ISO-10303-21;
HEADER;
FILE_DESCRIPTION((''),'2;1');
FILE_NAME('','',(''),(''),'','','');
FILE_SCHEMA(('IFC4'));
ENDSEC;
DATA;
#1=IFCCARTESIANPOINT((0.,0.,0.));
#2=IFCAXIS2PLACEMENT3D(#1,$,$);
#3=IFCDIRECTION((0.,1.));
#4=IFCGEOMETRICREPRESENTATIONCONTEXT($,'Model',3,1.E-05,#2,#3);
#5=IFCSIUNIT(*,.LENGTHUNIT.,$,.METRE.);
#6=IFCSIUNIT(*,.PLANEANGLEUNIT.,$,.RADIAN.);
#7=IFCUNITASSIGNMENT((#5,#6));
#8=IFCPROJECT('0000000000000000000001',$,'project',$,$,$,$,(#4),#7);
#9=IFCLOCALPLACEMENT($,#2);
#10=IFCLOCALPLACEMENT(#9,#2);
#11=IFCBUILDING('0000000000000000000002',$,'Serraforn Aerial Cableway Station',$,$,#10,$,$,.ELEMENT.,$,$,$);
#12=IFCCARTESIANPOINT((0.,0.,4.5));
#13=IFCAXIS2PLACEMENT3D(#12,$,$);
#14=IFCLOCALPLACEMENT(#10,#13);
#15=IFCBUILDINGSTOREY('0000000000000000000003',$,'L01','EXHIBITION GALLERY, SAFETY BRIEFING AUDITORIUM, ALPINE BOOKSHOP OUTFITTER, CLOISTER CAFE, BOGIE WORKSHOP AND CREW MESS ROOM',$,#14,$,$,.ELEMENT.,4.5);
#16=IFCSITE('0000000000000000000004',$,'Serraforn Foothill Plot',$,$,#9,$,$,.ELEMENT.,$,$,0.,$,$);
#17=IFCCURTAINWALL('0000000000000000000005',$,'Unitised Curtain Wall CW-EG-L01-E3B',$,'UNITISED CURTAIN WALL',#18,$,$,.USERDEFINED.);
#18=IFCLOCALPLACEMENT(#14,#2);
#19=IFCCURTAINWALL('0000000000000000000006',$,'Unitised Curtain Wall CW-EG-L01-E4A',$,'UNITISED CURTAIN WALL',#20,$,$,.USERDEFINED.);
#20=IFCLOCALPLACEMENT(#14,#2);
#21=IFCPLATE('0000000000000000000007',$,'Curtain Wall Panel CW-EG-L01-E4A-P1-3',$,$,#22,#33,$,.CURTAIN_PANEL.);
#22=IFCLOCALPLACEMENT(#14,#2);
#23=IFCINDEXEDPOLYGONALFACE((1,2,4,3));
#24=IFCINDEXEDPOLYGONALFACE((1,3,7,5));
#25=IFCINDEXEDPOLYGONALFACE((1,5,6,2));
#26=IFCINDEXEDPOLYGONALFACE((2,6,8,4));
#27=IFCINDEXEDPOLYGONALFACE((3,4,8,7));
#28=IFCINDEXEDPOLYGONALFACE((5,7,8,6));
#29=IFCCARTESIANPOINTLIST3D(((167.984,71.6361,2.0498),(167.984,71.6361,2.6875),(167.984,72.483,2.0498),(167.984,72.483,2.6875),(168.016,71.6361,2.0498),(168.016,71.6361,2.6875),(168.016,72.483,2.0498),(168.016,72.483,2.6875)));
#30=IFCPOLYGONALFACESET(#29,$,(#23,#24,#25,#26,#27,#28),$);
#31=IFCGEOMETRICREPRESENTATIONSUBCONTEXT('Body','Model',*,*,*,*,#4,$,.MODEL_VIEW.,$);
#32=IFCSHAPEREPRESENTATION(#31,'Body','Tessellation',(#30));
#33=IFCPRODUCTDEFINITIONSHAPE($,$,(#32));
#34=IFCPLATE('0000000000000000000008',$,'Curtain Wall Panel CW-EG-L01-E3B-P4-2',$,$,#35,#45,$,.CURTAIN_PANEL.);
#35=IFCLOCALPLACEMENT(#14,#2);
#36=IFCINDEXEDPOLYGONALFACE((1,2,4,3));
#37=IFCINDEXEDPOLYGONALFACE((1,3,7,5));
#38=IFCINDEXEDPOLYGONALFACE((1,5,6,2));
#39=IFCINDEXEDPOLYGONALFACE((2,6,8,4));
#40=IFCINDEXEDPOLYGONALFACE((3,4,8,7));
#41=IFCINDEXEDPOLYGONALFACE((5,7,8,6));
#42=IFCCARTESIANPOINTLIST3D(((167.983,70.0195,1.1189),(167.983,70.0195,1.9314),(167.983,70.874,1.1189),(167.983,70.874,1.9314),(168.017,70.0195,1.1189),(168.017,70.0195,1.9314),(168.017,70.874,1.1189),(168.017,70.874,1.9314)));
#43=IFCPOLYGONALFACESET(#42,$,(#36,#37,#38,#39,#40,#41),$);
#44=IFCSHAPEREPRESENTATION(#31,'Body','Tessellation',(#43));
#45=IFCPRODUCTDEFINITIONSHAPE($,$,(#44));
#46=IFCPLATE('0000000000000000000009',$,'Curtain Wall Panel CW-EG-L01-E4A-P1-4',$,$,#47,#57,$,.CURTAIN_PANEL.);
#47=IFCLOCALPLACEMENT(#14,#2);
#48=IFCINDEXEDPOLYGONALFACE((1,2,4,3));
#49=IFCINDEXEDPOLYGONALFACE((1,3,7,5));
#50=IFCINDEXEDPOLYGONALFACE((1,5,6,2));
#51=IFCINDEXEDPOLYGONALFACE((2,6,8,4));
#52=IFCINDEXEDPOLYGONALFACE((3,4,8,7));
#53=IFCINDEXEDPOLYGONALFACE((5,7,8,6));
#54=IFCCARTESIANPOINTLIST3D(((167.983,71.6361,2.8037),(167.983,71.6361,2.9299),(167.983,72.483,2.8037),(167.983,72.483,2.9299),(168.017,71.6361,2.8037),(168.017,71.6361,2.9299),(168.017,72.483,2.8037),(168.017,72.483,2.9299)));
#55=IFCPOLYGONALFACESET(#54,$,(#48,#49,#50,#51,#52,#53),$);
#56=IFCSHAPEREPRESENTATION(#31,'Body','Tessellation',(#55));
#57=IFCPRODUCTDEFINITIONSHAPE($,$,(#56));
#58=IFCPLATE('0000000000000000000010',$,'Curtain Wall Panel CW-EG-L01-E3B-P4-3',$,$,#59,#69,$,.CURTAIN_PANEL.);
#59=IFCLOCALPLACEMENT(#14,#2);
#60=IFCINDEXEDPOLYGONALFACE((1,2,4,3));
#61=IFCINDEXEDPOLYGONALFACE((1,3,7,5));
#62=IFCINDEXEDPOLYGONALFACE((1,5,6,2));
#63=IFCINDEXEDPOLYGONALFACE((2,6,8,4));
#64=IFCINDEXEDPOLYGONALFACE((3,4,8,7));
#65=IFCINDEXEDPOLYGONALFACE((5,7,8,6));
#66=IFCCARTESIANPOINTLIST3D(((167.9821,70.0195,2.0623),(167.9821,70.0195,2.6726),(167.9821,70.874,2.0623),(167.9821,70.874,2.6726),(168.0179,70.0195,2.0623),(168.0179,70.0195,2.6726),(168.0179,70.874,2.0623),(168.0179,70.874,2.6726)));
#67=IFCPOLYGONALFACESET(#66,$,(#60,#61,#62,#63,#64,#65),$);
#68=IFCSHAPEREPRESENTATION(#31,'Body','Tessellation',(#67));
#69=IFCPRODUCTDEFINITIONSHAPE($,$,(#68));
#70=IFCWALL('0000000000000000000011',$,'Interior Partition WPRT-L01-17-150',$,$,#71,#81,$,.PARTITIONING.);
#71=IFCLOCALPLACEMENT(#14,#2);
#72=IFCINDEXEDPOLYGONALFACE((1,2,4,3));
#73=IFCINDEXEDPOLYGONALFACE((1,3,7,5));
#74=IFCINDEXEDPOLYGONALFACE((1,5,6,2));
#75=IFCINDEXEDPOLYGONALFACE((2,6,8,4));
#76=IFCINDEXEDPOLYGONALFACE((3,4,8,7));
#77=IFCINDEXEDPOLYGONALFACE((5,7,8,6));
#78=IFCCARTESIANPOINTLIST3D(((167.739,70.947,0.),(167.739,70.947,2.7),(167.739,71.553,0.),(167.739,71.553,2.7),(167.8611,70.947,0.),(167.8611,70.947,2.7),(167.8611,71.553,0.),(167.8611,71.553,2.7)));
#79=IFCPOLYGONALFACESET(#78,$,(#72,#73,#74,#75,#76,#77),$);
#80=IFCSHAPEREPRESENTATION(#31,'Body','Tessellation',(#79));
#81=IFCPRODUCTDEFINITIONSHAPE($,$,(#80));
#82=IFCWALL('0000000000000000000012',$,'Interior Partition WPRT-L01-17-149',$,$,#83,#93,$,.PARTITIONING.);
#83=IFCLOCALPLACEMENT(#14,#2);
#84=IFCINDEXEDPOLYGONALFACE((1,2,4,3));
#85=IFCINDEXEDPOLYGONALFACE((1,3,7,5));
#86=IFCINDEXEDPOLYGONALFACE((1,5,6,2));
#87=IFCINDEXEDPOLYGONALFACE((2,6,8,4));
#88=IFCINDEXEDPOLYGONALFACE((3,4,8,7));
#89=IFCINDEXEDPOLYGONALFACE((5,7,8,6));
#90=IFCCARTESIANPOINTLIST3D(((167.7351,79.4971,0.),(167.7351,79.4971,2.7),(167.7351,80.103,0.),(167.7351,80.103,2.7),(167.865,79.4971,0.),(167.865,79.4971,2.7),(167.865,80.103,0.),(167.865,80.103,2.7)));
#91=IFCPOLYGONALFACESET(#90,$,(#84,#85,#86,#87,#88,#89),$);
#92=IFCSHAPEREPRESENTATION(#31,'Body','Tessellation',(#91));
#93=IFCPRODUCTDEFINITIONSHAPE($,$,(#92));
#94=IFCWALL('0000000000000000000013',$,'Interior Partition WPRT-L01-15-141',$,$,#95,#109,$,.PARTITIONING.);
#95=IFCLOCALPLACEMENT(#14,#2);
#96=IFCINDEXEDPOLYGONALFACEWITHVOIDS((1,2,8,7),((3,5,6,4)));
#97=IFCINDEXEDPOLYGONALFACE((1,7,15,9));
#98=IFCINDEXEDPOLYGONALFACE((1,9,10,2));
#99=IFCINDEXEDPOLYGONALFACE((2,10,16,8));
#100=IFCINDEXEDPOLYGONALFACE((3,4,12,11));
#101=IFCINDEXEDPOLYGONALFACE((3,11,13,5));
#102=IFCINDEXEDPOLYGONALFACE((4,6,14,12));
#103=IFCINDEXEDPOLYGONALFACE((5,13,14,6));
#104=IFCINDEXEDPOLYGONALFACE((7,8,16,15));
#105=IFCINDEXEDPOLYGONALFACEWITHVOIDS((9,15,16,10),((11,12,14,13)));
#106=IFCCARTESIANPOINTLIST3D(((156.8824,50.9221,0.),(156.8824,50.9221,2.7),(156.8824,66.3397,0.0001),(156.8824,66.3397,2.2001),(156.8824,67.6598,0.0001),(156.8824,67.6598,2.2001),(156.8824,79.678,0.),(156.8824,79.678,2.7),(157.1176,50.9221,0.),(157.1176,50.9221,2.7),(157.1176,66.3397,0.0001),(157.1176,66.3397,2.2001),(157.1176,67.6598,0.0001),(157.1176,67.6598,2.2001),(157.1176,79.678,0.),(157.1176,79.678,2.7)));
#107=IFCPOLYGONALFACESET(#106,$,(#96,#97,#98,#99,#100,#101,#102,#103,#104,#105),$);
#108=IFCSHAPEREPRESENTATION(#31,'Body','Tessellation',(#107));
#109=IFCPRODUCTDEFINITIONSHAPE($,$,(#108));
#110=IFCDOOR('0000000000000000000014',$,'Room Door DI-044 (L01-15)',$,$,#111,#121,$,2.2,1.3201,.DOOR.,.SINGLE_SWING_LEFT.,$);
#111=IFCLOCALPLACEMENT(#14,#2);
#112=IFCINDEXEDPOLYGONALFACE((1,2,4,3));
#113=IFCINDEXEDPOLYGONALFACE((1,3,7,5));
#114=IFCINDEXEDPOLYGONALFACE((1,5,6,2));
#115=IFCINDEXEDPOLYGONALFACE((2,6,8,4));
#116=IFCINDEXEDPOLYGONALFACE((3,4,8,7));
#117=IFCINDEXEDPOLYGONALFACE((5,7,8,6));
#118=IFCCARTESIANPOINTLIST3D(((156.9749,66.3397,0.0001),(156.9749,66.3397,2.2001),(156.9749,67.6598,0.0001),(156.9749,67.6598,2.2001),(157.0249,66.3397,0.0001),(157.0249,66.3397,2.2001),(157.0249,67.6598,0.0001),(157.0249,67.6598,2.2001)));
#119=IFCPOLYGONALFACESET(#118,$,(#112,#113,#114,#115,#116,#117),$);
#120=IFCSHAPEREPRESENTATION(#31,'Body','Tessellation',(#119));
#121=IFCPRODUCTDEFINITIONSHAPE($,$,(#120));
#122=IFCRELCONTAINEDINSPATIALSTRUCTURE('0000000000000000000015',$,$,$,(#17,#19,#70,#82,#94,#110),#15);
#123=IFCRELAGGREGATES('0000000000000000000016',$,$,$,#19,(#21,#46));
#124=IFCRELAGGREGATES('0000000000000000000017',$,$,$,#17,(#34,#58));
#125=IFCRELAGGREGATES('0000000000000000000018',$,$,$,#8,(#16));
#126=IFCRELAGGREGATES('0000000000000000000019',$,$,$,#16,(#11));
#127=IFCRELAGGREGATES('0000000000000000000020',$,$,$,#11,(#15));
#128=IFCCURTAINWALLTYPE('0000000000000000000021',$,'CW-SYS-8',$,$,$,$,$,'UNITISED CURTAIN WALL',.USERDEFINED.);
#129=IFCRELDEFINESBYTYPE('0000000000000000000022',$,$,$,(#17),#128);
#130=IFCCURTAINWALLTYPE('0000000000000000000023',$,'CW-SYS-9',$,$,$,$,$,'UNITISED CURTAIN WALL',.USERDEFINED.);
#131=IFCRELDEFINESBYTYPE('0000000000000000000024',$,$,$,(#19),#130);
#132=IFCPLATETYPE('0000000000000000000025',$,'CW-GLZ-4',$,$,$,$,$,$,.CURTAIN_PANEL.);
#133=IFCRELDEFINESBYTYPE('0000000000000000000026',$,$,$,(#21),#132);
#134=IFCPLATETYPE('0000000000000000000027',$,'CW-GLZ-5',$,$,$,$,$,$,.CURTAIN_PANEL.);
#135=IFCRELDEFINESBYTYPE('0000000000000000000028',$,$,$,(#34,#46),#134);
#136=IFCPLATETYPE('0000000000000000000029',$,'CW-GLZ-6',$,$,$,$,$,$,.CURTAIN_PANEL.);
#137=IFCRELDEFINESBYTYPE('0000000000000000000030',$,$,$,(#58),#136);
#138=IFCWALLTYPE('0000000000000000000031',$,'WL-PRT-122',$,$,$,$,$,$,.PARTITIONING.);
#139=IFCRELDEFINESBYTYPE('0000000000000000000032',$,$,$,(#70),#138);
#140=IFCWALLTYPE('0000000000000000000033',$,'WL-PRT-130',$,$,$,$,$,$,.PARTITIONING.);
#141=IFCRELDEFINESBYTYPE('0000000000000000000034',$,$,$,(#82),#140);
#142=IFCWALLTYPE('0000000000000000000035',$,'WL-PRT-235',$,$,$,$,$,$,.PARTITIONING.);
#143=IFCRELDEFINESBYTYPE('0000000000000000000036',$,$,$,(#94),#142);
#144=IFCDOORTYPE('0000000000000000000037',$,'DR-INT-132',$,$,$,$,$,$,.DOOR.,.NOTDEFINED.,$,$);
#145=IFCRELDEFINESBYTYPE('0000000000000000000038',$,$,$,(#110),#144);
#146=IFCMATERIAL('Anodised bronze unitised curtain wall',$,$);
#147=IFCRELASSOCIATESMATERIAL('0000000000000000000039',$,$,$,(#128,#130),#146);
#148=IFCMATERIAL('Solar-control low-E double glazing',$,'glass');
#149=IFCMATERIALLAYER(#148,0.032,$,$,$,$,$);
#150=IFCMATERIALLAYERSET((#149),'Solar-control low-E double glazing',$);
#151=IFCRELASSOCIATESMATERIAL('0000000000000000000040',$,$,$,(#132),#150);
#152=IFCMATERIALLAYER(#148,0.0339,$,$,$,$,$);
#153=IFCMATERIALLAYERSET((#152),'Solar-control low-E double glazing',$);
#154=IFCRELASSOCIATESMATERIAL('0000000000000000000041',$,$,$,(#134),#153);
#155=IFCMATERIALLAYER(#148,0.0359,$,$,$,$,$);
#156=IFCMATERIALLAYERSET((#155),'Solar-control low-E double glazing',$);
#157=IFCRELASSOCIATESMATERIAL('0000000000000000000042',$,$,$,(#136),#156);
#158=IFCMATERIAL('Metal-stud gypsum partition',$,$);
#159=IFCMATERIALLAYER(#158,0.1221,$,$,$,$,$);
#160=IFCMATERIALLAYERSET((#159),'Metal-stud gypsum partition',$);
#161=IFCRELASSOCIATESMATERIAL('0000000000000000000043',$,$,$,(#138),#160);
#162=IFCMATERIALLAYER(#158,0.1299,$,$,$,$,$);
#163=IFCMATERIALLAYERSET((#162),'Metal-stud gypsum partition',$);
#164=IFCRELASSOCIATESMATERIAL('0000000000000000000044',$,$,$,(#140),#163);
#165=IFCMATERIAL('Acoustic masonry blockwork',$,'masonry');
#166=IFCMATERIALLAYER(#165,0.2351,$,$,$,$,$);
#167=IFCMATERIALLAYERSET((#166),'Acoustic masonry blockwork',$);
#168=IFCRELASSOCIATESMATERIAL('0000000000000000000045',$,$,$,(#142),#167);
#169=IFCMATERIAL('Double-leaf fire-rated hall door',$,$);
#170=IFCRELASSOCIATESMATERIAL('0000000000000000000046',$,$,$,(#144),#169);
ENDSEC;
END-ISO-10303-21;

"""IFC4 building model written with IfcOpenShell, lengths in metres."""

from ifc_helpers import new_model, si_unit, direction, frame, frame_2d, origin, origin_2d, place, context, subcontext, project, spatial, rectangle, extrude, material, layer, layer_set, type_object, element, fill, aggregate, save


model = new_model("IFC4")

# Units and contexts
model_context = context("Model", 3, precision=1e-05, world=origin(), true_north=direction((0.0, 1.0)))
body_context = subcontext(model_context, "Body", "Model", "MODEL_VIEW")
ifc_project = project(units=[si_unit("LENGTHUNIT", "METRE"), si_unit("PLANEANGLEUNIT", "RADIAN")], contexts=[model_context])

# Site, building, storey
site_placement = place(None, origin())
site = spatial("IfcSite", under=ifc_project, at=site_placement, Name="Serraforn Foothill Plot", CompositionType="ELEMENT", RefElevation=0.0)
building_placement = place(site_placement, origin())
building = spatial("IfcBuilding", under=site, at=building_placement, Name="Serraforn Aerial Cableway Station", CompositionType="ELEMENT")
storey_placement = place(building_placement, frame((0.0, 0.0, 4.5)))
storey = spatial("IfcBuildingStorey", under=building, at=storey_placement, Name="L01", Description="EXHIBITION GALLERY, SAFETY BRIEFING AUDITORIUM, ALPINE BOOKSHOP OUTFITTER, CLOISTER CAFE, BOGIE WORKSHOP AND CREW MESS ROOM", CompositionType="ELEMENT", Elevation=4.5)

# Curtain wall
ifc_material_1 = material(Name="Anodised bronze unitised curtain wall")
curtain_wall_type_1 = type_object("IfcCurtainWallType", Name="CW-SYS-8", ElementType="UNITISED CURTAIN WALL", PredefinedType="USERDEFINED", material=ifc_material_1)
curtain_wall_1_placement = place(storey_placement, origin())
curtain_wall_1 = element("IfcCurtainWall", 1, at=curtain_wall_1_placement, inside=storey, type_object=curtain_wall_type_1, Name="Unitised Curtain Wall CW-EG-L01-E3B", ObjectType="UNITISED CURTAIN WALL", PredefinedType="USERDEFINED")

# Curtain wall
curtain_wall_type_2 = type_object("IfcCurtainWallType", Name="CW-SYS-9", ElementType="UNITISED CURTAIN WALL", PredefinedType="USERDEFINED", material=ifc_material_1)
curtain_wall_2_placement = place(storey_placement, origin())
curtain_wall_2 = element("IfcCurtainWall", 2, at=curtain_wall_2_placement, inside=storey, type_object=curtain_wall_type_2, Name="Unitised Curtain Wall CW-EG-L01-E4A", ObjectType="UNITISED CURTAIN WALL", PredefinedType="USERDEFINED")
ifc_material_2 = material(Name="Solar-control low-E double glazing", Category="glass")

# Plates
ifc_layer_1 = layer(ifc_material_2, 0.032)
ifc_layer_set_1 = layer_set([ifc_layer_1], Name="Solar-control low-E double glazing")
plate_type_1 = type_object("IfcPlateType", Name="CW-GLZ-4", PredefinedType="CURTAIN_PANEL", material=ifc_layer_set_1)
plate_1_placement = place(storey_placement, frame((168.0, 72.0596, 2.0498), z_axis=(0.0, 0.0, 1.0), x_axis=(1.0, 0.0, 0.0)))
plate_1 = element("IfcPlate", 3, at=plate_1_placement, type_object=plate_type_1, Name="Curtain Wall Panel CW-EG-L01-E4A-P1-3", PredefinedType="CURTAIN_PANEL", context=body_context, shape_type="SweptSolid", body=[
    extrude(rectangle(XDim=0.032, YDim=0.8469, at=origin_2d()), origin(), (0.0, 0.0, 1.0), 0.6377),
])
ifc_layer_2 = layer(ifc_material_2, 0.0339)
ifc_layer_set_2 = layer_set([ifc_layer_2], Name="Solar-control low-E double glazing")
plate_type_2 = type_object("IfcPlateType", Name="CW-GLZ-5", PredefinedType="CURTAIN_PANEL", material=ifc_layer_set_2)
plate_2_placement = place(storey_placement, frame((168.0, 70.4468, 1.1189), z_axis=(0.0, 0.0, 1.0), x_axis=(1.0, 0.0, 0.0)))
plate_2 = element("IfcPlate", 4, at=plate_2_placement, type_object=plate_type_2, Name="Curtain Wall Panel CW-EG-L01-E3B-P4-2", PredefinedType="CURTAIN_PANEL", context=body_context, shape_type="SweptSolid", body=[
    extrude(rectangle(XDim=0.0339, YDim=0.8545, at=origin_2d()), origin(), (0.0, 0.0, 1.0), 0.8125),
])
plate_3_placement = place(storey_placement, frame((168.0, 72.0596, 2.8037), z_axis=(0.0, 0.0, 1.0), x_axis=(1.0, 0.0, 0.0)))
plate_3 = element("IfcPlate", 5, at=plate_3_placement, type_object=plate_type_2, Name="Curtain Wall Panel CW-EG-L01-E4A-P1-4", PredefinedType="CURTAIN_PANEL", context=body_context, shape_type="SweptSolid", body=[
    extrude(rectangle(XDim=0.0339, YDim=0.8469, at=origin_2d()), origin(), (0.0, 0.0, 1.0), 0.1262),
])
aggregate(curtain_wall_2, [plate_1, plate_3])
ifc_layer_3 = layer(ifc_material_2, 0.0359)
ifc_layer_set_3 = layer_set([ifc_layer_3], Name="Solar-control low-E double glazing")
plate_type_3 = type_object("IfcPlateType", Name="CW-GLZ-6", PredefinedType="CURTAIN_PANEL", material=ifc_layer_set_3)
plate_4_placement = place(storey_placement, frame((168.0, 70.4468, 2.0623), z_axis=(0.0, 0.0, 1.0), x_axis=(1.0, 0.0, 0.0)))
plate_4 = element("IfcPlate", 6, at=plate_4_placement, type_object=plate_type_3, Name="Curtain Wall Panel CW-EG-L01-E3B-P4-3", PredefinedType="CURTAIN_PANEL", context=body_context, shape_type="SweptSolid", body=[
    extrude(rectangle(XDim=0.0359, YDim=0.8545, at=origin_2d()), origin(), (0.0, 0.0, 1.0), 0.6104),
])
aggregate(curtain_wall_1, [plate_2, plate_4])

# Walls
ifc_material_3 = material(Name="Metal-stud gypsum partition")
ifc_layer_4 = layer(ifc_material_3, 0.1221)
ifc_layer_set_4 = layer_set([ifc_layer_4], Name="Metal-stud gypsum partition")
wall_type_1 = type_object("IfcWallType", Name="WL-PRT-122", PredefinedType="PARTITIONING", material=ifc_layer_set_4)
wall_1_placement = place(storey_placement, frame((167.8, 71.553, 0.0), z_axis=(0.0, 0.0, 1.0), x_axis=(0.0, -1.0, 0.0)))
element("IfcWall", 7, at=wall_1_placement, inside=storey, type_object=wall_type_1, Name="Interior Partition WPRT-L01-17-150", PredefinedType="PARTITIONING", context=body_context, shape_type="SweptSolid", body=[
    extrude(rectangle(XDim=0.606, YDim=0.1221, at=frame_2d((0.303, 0.0))), origin(), (0.0, 0.0, 1.0), 2.7),
])
ifc_layer_5 = layer(ifc_material_3, 0.1299)
ifc_layer_set_5 = layer_set([ifc_layer_5], Name="Metal-stud gypsum partition")
wall_type_2 = type_object("IfcWallType", Name="WL-PRT-130", PredefinedType="PARTITIONING", material=ifc_layer_set_5)
wall_2_placement = place(storey_placement, frame((167.8, 80.103, 0.0), z_axis=(0.0, 0.0, 1.0), x_axis=(0.0, -1.0, 0.0)))
element("IfcWall", 8, at=wall_2_placement, inside=storey, type_object=wall_type_2, Name="Interior Partition WPRT-L01-17-149", PredefinedType="PARTITIONING", context=body_context, shape_type="SweptSolid", body=[
    extrude(rectangle(XDim=0.606, YDim=0.1299, at=frame_2d((0.303, 0.0))), origin(), (0.0, 0.0, 1.0), 2.7),
])

# Wall, opening, door
ifc_material_4 = material(Name="Acoustic masonry blockwork", Category="masonry")
ifc_layer_6 = layer(ifc_material_4, 0.2351)
ifc_layer_set_6 = layer_set([ifc_layer_6], Name="Acoustic masonry blockwork")
wall_type_3 = type_object("IfcWallType", Name="WL-PRT-235", PredefinedType="PARTITIONING", material=ifc_layer_set_6)
wall_3_placement = place(storey_placement, frame((157.0, 79.678, 0.0), z_axis=(0.0, 0.0, 1.0), x_axis=(0.0, -1.0, 0.0)))
wall_3 = element("IfcWall", 9, at=wall_3_placement, inside=storey, type_object=wall_type_3, Name="Interior Partition WPRT-L01-15-141", PredefinedType="PARTITIONING", context=body_context, shape_type="SweptSolid", body=[
    extrude(rectangle(XDim=28.7559, YDim=0.2351, at=frame_2d((14.3779, 0.0))), origin(), (0.0, 0.0, 1.0), 2.7),
])
opening_placement = place(wall_3_placement, frame((12.0181, 0.0, 0.0)))
opening = element("IfcOpeningElement", 10, at=opening_placement, cuts=wall_3, PredefinedType="OPENING", context=body_context, shape_type="SweptSolid", body=[
    extrude(rectangle(XDim=1.3201, YDim=2.2, at=frame_2d((0.6602, 1.1001))), frame((0.0, 0.1274, 0.0), z_axis=(0.0, -1.0, 0.0), x_axis=(1.0, 0.0, 0.0)), (0.0, 0.0, 1.0), 0.2551),
])
ifc_material_5 = material(Name="Double-leaf fire-rated hall door")
door_type = type_object("IfcDoorType", Name="DR-INT-132", OperationType="NOTDEFINED", PredefinedType="DOOR", material=ifc_material_5)
door_placement = place(opening_placement, origin())
door = element("IfcDoor", 11, at=door_placement, inside=storey, type_object=door_type, Name="Room Door DI-044 (L01-15)", OperationType="SINGLE_SWING_LEFT", OverallHeight=2.2, OverallWidth=1.3201, PredefinedType="DOOR", context=body_context, shape_type="SweptSolid", body=[
    extrude(rectangle(XDim=1.3201, YDim=2.2, at=frame_2d((0.6602, 1.1001))), frame((0.0, 0.0249, 0.0), z_axis=(0.0, -1.0, 0.0), x_axis=(1.0, 0.0, 0.0)), (0.0, 0.0, 1.0), 0.05),
])
fill(opening, door)

save(model, "model.ifc")
